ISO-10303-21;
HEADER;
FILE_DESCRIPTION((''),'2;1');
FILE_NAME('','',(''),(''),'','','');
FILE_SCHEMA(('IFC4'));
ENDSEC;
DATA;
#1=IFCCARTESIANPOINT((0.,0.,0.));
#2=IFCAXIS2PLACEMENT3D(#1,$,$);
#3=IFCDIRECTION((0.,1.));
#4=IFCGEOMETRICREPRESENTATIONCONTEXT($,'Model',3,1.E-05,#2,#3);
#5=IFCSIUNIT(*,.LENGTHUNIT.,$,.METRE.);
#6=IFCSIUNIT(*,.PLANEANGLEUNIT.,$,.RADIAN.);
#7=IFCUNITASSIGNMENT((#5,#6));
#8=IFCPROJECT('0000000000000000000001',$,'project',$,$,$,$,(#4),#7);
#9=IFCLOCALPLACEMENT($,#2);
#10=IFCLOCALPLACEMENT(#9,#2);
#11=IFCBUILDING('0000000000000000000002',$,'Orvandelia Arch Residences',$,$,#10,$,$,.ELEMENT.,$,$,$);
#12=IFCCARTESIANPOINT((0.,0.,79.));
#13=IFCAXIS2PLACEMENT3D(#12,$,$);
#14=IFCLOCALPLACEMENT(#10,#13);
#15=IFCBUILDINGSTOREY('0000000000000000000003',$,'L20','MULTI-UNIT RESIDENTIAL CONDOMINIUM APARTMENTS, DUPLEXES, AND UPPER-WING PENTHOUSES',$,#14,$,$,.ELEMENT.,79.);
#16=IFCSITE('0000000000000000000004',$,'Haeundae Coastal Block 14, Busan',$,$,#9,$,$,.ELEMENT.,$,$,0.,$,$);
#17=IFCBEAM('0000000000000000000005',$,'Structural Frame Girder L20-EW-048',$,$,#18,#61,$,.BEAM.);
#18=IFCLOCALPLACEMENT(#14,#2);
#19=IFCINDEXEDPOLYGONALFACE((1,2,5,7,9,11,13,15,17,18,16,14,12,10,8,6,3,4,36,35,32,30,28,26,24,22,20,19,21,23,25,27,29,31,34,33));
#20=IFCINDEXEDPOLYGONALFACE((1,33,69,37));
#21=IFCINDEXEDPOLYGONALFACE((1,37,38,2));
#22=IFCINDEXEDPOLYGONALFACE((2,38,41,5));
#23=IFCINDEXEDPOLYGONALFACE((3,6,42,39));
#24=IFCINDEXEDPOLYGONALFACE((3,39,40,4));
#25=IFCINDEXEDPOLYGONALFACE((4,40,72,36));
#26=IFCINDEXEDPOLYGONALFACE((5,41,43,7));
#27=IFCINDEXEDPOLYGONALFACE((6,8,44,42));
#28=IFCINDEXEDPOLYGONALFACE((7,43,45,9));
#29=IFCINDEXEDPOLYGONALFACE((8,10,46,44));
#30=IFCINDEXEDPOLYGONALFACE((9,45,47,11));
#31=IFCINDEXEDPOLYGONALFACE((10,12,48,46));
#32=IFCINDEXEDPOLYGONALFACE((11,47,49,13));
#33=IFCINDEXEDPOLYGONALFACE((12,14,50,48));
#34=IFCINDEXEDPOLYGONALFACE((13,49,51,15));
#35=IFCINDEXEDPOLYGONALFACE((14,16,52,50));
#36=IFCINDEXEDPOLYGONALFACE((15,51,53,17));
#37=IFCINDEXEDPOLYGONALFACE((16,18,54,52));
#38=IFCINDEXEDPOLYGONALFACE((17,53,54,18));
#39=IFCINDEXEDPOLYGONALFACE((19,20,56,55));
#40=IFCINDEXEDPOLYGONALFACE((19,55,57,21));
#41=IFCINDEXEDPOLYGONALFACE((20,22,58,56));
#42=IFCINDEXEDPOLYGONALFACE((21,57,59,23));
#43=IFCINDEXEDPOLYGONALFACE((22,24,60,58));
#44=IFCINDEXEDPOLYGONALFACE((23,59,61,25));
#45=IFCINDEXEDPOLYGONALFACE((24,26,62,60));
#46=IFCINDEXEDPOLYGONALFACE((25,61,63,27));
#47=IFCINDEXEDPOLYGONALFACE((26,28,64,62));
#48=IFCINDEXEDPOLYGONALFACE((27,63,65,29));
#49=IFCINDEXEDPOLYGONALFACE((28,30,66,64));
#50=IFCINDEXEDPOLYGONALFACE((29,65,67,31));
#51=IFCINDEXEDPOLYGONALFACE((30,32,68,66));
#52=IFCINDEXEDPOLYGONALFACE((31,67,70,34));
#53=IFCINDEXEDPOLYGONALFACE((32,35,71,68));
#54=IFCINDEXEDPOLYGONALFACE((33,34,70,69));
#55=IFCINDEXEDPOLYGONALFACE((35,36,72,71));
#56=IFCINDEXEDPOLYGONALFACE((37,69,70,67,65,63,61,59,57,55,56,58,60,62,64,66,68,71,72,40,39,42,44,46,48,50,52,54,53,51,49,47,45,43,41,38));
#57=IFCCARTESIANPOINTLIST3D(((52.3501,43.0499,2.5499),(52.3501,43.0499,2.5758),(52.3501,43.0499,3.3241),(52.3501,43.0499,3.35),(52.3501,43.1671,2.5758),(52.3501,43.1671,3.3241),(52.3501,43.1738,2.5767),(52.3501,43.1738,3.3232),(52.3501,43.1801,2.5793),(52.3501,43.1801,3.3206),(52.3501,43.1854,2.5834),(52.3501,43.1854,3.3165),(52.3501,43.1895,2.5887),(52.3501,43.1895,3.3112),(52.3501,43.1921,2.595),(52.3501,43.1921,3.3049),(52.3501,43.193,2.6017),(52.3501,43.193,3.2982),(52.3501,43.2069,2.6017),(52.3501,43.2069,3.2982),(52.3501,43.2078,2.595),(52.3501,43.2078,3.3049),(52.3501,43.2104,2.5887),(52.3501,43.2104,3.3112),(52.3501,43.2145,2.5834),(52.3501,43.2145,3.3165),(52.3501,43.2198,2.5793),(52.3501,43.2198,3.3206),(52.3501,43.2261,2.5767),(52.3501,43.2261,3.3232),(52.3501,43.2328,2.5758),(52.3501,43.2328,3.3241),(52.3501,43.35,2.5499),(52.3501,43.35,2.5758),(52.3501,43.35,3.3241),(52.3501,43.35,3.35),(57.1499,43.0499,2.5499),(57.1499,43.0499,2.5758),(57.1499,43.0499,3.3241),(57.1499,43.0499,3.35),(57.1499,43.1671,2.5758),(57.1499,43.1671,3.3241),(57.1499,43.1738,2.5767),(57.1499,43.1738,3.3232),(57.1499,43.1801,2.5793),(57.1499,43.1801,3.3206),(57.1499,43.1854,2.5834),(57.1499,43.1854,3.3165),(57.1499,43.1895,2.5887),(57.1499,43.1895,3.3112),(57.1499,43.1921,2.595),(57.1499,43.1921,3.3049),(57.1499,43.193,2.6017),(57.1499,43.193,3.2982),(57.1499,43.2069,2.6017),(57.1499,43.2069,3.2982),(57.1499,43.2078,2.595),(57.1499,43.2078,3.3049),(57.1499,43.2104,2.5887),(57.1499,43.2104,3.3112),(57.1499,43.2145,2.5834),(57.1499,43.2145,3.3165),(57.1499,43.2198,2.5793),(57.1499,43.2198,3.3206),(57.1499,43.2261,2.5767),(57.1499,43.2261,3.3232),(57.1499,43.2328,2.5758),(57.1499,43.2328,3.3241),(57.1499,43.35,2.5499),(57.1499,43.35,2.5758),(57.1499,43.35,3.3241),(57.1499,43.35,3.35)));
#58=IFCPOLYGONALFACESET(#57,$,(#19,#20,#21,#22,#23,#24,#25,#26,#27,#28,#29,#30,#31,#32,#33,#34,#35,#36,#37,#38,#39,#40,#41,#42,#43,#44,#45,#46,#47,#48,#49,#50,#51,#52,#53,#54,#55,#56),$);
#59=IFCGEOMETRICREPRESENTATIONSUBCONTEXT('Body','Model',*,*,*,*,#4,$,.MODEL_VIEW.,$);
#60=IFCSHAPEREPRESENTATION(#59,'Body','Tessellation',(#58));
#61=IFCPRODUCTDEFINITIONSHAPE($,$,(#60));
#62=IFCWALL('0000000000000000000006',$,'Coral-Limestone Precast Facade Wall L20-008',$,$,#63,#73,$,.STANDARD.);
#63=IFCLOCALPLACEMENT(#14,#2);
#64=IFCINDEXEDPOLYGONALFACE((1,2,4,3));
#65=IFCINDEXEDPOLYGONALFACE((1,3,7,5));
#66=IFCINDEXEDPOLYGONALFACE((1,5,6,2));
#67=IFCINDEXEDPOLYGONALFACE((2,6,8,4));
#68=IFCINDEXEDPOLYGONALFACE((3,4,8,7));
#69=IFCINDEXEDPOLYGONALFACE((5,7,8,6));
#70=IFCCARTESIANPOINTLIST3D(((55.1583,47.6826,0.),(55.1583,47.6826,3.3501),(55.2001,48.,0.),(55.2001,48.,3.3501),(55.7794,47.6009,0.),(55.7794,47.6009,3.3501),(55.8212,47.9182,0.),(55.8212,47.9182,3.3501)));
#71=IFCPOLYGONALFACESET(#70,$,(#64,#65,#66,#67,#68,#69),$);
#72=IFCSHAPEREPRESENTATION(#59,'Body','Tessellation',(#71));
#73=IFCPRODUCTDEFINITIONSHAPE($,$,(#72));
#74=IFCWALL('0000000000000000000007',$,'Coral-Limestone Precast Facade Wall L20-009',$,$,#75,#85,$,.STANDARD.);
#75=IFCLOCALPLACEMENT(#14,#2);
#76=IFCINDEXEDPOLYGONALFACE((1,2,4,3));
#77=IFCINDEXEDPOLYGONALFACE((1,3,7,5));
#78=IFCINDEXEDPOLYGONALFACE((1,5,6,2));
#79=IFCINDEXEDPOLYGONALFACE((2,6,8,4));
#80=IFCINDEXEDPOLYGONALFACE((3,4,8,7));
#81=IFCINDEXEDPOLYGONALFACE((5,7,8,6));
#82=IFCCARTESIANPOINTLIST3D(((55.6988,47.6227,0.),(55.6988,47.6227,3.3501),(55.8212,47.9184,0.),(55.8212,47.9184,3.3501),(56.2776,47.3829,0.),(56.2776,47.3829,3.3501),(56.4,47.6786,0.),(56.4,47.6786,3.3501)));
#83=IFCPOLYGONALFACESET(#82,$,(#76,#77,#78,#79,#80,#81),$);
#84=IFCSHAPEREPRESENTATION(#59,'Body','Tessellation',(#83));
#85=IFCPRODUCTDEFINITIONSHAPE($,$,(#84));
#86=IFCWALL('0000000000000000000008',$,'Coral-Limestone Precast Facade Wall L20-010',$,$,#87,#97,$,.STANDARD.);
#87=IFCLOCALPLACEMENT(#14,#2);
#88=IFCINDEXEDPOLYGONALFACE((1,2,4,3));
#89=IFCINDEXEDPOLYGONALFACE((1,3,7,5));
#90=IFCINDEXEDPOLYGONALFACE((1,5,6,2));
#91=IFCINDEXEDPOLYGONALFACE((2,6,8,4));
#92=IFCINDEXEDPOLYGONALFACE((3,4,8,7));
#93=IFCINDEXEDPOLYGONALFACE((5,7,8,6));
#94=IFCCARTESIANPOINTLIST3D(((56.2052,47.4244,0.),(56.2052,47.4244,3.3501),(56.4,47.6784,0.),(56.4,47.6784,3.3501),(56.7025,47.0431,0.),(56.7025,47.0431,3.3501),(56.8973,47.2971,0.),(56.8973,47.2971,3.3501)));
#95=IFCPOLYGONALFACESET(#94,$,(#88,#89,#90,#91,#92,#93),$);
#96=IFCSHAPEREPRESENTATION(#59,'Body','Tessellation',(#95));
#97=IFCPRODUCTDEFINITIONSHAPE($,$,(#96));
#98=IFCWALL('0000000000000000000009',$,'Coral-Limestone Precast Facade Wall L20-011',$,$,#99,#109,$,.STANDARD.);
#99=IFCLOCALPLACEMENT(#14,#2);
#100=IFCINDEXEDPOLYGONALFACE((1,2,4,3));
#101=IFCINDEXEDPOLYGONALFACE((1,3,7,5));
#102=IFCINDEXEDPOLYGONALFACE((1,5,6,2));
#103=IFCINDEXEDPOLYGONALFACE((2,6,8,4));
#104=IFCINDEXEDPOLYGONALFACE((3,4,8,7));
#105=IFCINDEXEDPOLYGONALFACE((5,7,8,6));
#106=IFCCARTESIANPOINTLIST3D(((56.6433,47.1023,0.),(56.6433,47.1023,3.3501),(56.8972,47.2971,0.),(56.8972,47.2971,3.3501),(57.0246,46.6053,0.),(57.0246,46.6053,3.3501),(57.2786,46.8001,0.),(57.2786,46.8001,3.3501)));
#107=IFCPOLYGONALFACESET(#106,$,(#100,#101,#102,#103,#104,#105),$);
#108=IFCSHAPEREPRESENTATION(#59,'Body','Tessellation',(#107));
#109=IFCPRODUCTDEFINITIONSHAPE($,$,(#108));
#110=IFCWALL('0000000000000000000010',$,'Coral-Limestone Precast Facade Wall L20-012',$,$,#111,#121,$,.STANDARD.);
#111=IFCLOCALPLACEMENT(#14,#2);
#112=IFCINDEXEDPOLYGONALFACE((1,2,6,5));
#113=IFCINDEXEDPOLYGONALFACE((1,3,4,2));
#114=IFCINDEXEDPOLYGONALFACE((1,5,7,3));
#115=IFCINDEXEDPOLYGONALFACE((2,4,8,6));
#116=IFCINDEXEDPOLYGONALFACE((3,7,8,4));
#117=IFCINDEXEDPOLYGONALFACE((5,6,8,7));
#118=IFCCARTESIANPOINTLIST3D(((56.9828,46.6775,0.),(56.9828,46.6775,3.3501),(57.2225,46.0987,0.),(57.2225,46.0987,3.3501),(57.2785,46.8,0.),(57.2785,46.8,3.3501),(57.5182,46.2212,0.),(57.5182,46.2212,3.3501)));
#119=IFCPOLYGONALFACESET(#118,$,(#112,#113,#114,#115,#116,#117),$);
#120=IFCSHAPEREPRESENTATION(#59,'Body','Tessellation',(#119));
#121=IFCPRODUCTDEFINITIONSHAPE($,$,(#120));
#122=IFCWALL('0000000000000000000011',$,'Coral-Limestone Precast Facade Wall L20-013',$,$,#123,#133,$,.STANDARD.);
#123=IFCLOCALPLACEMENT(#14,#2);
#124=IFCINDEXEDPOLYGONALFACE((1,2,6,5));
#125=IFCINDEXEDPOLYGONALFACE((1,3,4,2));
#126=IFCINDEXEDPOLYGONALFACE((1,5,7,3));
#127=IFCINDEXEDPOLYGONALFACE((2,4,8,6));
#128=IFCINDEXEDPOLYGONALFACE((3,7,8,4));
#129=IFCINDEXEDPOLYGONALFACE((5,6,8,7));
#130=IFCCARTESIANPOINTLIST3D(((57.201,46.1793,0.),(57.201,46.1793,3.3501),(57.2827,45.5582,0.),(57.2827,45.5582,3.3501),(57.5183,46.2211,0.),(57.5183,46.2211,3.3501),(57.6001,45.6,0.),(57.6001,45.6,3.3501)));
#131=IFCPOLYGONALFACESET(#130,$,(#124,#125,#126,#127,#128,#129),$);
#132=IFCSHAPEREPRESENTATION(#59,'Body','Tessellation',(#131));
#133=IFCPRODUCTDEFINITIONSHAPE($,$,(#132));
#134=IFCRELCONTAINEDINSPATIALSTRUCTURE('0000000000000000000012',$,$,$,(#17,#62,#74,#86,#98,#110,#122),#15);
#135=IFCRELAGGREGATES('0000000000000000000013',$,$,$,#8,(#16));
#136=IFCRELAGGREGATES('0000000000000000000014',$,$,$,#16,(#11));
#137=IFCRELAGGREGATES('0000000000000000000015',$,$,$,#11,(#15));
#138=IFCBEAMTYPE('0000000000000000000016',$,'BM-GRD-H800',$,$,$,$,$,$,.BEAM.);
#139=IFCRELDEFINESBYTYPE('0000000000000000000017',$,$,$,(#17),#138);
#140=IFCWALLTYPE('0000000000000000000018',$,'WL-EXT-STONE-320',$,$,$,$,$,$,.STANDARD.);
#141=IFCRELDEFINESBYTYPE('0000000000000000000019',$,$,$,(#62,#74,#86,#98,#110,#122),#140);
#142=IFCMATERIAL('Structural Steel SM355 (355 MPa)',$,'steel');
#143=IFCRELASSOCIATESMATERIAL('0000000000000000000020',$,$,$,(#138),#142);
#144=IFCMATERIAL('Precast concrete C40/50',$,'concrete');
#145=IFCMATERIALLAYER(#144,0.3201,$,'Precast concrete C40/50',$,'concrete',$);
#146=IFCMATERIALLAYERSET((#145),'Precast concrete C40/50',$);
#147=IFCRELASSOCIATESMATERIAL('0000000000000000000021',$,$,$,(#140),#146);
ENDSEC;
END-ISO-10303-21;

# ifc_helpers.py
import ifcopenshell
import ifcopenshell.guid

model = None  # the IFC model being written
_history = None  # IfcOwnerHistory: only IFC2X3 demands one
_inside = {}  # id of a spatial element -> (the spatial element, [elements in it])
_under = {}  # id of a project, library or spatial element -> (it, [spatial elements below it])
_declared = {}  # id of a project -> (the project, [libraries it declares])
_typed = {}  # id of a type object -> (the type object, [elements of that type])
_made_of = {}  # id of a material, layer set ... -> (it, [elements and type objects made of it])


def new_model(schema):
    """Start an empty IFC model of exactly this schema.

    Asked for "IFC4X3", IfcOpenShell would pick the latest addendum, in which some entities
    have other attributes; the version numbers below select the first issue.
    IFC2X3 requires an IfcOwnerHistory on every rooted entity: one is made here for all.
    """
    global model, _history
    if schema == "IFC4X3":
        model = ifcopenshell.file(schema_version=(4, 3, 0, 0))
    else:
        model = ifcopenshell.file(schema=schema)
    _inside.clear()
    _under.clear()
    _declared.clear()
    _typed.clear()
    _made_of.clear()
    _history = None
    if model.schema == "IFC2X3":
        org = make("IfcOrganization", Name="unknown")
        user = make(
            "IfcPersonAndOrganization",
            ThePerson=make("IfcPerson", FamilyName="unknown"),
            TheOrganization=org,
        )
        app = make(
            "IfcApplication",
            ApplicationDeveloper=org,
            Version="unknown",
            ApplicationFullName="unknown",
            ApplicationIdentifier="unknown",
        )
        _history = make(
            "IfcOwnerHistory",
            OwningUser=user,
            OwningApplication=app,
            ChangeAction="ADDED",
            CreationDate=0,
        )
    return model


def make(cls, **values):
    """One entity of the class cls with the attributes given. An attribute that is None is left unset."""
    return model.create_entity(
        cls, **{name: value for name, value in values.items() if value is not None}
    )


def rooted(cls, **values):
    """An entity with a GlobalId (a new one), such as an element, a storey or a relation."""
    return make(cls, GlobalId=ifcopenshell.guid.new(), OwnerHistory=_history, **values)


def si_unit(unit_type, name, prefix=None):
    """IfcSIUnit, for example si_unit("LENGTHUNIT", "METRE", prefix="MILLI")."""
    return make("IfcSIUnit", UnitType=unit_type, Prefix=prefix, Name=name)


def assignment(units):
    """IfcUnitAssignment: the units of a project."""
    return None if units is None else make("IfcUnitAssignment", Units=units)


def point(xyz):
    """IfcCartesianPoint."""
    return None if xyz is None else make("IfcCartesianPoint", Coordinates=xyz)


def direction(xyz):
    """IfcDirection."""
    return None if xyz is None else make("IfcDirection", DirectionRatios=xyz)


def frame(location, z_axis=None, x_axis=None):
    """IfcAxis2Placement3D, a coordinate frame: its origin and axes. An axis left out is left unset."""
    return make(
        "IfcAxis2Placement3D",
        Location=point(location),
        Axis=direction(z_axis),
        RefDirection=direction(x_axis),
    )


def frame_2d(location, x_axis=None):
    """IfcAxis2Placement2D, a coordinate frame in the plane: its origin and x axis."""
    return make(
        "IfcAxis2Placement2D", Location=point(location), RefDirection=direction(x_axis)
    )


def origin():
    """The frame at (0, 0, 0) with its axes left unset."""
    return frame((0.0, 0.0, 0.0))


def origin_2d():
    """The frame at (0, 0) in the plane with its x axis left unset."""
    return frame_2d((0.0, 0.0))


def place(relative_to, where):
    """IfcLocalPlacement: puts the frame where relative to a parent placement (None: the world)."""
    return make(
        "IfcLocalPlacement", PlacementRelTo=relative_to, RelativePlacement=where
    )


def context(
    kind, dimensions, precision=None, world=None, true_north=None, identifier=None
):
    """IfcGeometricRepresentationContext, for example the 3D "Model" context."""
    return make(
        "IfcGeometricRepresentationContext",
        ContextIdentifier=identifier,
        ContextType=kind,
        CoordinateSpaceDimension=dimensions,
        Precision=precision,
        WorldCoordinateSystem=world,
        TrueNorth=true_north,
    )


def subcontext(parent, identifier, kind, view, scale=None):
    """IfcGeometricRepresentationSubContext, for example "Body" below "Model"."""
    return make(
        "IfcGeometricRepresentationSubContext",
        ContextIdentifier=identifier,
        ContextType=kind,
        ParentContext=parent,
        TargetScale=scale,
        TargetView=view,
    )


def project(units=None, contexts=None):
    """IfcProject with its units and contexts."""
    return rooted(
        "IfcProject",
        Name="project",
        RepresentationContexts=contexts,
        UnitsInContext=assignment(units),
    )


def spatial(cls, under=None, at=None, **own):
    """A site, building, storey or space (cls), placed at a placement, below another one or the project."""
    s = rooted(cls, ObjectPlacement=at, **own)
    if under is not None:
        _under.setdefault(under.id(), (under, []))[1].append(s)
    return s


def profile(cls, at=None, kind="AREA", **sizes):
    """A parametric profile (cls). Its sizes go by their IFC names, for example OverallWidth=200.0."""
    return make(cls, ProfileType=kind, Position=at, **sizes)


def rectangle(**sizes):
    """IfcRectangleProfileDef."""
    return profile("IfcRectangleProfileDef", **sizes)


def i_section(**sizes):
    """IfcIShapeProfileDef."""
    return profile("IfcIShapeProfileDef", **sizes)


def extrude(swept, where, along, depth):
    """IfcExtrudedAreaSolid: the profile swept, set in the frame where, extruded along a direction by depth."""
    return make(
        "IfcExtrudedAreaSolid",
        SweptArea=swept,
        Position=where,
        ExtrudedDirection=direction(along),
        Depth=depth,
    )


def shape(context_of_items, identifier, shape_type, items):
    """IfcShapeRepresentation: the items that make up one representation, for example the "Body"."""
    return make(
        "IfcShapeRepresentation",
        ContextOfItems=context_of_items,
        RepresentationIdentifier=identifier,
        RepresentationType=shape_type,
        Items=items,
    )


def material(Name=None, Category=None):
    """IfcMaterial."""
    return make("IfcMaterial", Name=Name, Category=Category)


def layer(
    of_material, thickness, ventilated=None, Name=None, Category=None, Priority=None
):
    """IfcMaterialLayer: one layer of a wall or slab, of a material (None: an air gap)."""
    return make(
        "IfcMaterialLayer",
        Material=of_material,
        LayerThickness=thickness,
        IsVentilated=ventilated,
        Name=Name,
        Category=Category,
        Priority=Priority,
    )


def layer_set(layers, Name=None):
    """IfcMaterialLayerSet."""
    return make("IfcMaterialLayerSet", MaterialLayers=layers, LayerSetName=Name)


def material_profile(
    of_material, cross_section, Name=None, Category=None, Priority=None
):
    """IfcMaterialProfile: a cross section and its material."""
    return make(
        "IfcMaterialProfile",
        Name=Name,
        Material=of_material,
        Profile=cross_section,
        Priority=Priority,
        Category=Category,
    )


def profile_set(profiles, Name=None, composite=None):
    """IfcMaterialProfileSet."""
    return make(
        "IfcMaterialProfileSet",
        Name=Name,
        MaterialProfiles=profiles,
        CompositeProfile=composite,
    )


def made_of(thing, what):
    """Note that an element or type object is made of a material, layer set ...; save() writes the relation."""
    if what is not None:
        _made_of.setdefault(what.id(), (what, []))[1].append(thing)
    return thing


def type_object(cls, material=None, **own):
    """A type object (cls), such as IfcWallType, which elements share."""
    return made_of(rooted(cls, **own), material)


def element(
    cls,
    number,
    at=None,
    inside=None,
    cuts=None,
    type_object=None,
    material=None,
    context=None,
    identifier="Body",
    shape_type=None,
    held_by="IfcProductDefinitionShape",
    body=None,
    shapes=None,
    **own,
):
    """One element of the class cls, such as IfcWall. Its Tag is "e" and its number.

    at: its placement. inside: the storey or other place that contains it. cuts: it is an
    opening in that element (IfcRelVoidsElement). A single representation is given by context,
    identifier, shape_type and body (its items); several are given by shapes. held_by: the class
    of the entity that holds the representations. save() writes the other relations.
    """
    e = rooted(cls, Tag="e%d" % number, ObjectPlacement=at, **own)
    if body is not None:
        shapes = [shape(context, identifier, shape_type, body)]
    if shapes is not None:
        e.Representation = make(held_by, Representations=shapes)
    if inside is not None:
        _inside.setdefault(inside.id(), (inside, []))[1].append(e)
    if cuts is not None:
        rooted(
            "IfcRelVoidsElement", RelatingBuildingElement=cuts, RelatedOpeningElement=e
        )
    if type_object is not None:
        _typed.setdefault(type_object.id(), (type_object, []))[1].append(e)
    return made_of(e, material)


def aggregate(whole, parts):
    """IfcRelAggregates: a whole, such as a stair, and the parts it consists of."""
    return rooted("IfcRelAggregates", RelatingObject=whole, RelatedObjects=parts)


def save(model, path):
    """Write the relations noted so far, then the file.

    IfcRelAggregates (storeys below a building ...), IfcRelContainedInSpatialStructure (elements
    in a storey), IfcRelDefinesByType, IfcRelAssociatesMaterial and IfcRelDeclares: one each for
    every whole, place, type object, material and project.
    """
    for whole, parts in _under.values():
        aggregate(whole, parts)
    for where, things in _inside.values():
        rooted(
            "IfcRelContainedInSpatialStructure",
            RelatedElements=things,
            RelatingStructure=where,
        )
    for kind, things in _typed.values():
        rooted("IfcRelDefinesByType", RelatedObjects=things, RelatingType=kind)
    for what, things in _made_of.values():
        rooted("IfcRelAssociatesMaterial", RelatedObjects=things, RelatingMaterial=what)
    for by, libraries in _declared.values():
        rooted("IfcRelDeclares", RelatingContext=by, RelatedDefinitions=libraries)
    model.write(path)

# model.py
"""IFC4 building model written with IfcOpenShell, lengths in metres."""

from ifc_helpers import new_model, si_unit, direction, frame, frame_2d, origin, origin_2d, place, context, subcontext, project, spatial, rectangle, i_section, extrude, material, layer, layer_set, material_profile, profile_set, type_object, element, save


model = new_model("IFC4")

# Units and contexts
model_context = context("Model", 3, precision=1e-05, world=origin(), true_north=direction((0.0, 1.0)))
body_context = subcontext(model_context, "Body", "Model", "MODEL_VIEW")
ifc_project = project(units=[si_unit("LENGTHUNIT", "METRE"), si_unit("PLANEANGLEUNIT", "RADIAN")], contexts=[model_context])

# Site, building, storey
site_placement = place(None, origin())
site = spatial("IfcSite", under=ifc_project, at=site_placement, Name="Haeundae Coastal Block 14, Busan", CompositionType="ELEMENT", RefElevation=0.0)
building_placement = place(site_placement, origin())
building = spatial("IfcBuilding", under=site, at=building_placement, Name="Orvandelia Arch Residences", CompositionType="ELEMENT")
storey_placement = place(building_placement, frame((0.0, 0.0, 79.0)))
storey = spatial("IfcBuildingStorey", under=building, at=storey_placement, Name="L20", Description="MULTI-UNIT RESIDENTIAL CONDOMINIUM APARTMENTS, DUPLEXES, AND UPPER-WING PENTHOUSES", CompositionType="ELEMENT", Elevation=79.0)

# Beam
ifc_material_1 = material(Name="Structural Steel SM355 (355 MPa)", Category="steel")
ifc_material_profile_1 = material_profile(ifc_material_1, i_section(OverallWidth=0.3, OverallDepth=0.8, WebThickness=0.0139, FlangeThickness=0.0259, FilletRadius=0.0259, at=origin_2d()), Name="Structural Steel SM355 (355 MPa)", Category="steel")
ifc_profile_set_1 = profile_set([ifc_material_profile_1], Name="Structural Steel SM355 (355 MPa)")
beam_type = type_object("IfcBeamType", Name="BM-GRD-H800", PredefinedType="BEAM", material=ifc_profile_set_1)
for number, where, z_axis, x_axis, name in (
    (1, (52.3501, 43.2, 2.95), (1.0, 0.0, 0.0), (0.0, 1.0, 0.0), "Structural Frame Girder L20-EW-048"),
):
    element("IfcBeam", number, at=place(storey_placement, frame(where, z_axis=z_axis, x_axis=x_axis)), inside=storey, type_object=beam_type, Name=name, PredefinedType="BEAM", context=body_context, shape_type="SweptSolid", body=[
        extrude(i_section(OverallWidth=0.3, OverallDepth=0.8, WebThickness=0.0139, FlangeThickness=0.0259, FilletRadius=0.0259, at=origin_2d()), origin(), (0.0, 0.0, 1.0), 4.7998),
    ])

# Walls
ifc_material_2 = material(Name="Precast concrete C40/50", Category="concrete")
ifc_layer_1 = layer(ifc_material_2, 0.3201, Name="Precast concrete C40/50", Category="concrete")
ifc_layer_set_1 = layer_set([ifc_layer_1], Name="Precast concrete C40/50")
wall_type_1 = type_object("IfcWallType", Name="WL-EXT-STONE-320", PredefinedType="STANDARD", material=ifc_layer_set_1)
for number, where, z_axis, x_axis, name in (
    (2, (55.1792, 47.8413, 0.0), (0.0, 0.0, 1.0), (0.991441, -0.130555, 0.0), "Coral-Limestone Precast Facade Wall L20-008"),
    (3, (55.76, 47.7705, 0.0), (0.0, 0.0, 1.0), (0.923893, -0.38265, 0.0), "Coral-Limestone Precast Facade Wall L20-009"),
):
    element("IfcWall", number, at=place(storey_placement, frame(where, z_axis=z_axis, x_axis=x_axis)), inside=storey, type_object=wall_type_1, Name=name, PredefinedType="STANDARD", context=body_context, shape_type="SweptSolid", body=[
        extrude(rectangle(XDim=0.6265, YDim=0.3201, at=frame_2d((0.3132, 0.0))), origin(), (0.0, 0.0, 1.0), 3.3501),
    ])
wall_1_placement = place(storey_placement, frame((56.3025, 47.5515, 0.0), z_axis=(0.0, 0.0, 1.0), x_axis=(0.79355, -0.608505, 0.0)))
element("IfcWall", 4, at=wall_1_placement, inside=storey, type_object=wall_type_1, Name="Coral-Limestone Precast Facade Wall L20-010", PredefinedType="STANDARD", context=body_context, shape_type="SweptSolid", body=[
    extrude(rectangle(XDim=0.6267, YDim=0.3201, at=frame_2d((0.3135, 0.0))), origin(), (0.0, 0.0, 1.0), 3.3501),
])
for number, where, z_axis, x_axis, name in (
    (5, (56.7703, 47.1997, 0.0), (0.0, 0.0, 1.0), (0.608693, -0.793406, 0.0), "Coral-Limestone Precast Facade Wall L20-011"),
    (6, (57.1306, 46.7388, 0.0), (0.0, 0.0, 1.0), (0.38265, -0.923893, 0.0), "Coral-Limestone Precast Facade Wall L20-012"),
    (7, (57.3596, 46.2002, 0.0), (0.0, 0.0, 1.0), (0.130555, -0.991441, 0.0), "Coral-Limestone Precast Facade Wall L20-013"),
):
    element("IfcWall", number, at=place(storey_placement, frame(where, z_axis=z_axis, x_axis=x_axis)), inside=storey, type_object=wall_type_1, Name=name, PredefinedType="STANDARD", context=body_context, shape_type="SweptSolid", body=[
        extrude(rectangle(XDim=0.6265, YDim=0.3201, at=frame_2d((0.3132, 0.0))), origin(), (0.0, 0.0, 1.0), 3.3501),
    ])

save(model, "model.ifc")
